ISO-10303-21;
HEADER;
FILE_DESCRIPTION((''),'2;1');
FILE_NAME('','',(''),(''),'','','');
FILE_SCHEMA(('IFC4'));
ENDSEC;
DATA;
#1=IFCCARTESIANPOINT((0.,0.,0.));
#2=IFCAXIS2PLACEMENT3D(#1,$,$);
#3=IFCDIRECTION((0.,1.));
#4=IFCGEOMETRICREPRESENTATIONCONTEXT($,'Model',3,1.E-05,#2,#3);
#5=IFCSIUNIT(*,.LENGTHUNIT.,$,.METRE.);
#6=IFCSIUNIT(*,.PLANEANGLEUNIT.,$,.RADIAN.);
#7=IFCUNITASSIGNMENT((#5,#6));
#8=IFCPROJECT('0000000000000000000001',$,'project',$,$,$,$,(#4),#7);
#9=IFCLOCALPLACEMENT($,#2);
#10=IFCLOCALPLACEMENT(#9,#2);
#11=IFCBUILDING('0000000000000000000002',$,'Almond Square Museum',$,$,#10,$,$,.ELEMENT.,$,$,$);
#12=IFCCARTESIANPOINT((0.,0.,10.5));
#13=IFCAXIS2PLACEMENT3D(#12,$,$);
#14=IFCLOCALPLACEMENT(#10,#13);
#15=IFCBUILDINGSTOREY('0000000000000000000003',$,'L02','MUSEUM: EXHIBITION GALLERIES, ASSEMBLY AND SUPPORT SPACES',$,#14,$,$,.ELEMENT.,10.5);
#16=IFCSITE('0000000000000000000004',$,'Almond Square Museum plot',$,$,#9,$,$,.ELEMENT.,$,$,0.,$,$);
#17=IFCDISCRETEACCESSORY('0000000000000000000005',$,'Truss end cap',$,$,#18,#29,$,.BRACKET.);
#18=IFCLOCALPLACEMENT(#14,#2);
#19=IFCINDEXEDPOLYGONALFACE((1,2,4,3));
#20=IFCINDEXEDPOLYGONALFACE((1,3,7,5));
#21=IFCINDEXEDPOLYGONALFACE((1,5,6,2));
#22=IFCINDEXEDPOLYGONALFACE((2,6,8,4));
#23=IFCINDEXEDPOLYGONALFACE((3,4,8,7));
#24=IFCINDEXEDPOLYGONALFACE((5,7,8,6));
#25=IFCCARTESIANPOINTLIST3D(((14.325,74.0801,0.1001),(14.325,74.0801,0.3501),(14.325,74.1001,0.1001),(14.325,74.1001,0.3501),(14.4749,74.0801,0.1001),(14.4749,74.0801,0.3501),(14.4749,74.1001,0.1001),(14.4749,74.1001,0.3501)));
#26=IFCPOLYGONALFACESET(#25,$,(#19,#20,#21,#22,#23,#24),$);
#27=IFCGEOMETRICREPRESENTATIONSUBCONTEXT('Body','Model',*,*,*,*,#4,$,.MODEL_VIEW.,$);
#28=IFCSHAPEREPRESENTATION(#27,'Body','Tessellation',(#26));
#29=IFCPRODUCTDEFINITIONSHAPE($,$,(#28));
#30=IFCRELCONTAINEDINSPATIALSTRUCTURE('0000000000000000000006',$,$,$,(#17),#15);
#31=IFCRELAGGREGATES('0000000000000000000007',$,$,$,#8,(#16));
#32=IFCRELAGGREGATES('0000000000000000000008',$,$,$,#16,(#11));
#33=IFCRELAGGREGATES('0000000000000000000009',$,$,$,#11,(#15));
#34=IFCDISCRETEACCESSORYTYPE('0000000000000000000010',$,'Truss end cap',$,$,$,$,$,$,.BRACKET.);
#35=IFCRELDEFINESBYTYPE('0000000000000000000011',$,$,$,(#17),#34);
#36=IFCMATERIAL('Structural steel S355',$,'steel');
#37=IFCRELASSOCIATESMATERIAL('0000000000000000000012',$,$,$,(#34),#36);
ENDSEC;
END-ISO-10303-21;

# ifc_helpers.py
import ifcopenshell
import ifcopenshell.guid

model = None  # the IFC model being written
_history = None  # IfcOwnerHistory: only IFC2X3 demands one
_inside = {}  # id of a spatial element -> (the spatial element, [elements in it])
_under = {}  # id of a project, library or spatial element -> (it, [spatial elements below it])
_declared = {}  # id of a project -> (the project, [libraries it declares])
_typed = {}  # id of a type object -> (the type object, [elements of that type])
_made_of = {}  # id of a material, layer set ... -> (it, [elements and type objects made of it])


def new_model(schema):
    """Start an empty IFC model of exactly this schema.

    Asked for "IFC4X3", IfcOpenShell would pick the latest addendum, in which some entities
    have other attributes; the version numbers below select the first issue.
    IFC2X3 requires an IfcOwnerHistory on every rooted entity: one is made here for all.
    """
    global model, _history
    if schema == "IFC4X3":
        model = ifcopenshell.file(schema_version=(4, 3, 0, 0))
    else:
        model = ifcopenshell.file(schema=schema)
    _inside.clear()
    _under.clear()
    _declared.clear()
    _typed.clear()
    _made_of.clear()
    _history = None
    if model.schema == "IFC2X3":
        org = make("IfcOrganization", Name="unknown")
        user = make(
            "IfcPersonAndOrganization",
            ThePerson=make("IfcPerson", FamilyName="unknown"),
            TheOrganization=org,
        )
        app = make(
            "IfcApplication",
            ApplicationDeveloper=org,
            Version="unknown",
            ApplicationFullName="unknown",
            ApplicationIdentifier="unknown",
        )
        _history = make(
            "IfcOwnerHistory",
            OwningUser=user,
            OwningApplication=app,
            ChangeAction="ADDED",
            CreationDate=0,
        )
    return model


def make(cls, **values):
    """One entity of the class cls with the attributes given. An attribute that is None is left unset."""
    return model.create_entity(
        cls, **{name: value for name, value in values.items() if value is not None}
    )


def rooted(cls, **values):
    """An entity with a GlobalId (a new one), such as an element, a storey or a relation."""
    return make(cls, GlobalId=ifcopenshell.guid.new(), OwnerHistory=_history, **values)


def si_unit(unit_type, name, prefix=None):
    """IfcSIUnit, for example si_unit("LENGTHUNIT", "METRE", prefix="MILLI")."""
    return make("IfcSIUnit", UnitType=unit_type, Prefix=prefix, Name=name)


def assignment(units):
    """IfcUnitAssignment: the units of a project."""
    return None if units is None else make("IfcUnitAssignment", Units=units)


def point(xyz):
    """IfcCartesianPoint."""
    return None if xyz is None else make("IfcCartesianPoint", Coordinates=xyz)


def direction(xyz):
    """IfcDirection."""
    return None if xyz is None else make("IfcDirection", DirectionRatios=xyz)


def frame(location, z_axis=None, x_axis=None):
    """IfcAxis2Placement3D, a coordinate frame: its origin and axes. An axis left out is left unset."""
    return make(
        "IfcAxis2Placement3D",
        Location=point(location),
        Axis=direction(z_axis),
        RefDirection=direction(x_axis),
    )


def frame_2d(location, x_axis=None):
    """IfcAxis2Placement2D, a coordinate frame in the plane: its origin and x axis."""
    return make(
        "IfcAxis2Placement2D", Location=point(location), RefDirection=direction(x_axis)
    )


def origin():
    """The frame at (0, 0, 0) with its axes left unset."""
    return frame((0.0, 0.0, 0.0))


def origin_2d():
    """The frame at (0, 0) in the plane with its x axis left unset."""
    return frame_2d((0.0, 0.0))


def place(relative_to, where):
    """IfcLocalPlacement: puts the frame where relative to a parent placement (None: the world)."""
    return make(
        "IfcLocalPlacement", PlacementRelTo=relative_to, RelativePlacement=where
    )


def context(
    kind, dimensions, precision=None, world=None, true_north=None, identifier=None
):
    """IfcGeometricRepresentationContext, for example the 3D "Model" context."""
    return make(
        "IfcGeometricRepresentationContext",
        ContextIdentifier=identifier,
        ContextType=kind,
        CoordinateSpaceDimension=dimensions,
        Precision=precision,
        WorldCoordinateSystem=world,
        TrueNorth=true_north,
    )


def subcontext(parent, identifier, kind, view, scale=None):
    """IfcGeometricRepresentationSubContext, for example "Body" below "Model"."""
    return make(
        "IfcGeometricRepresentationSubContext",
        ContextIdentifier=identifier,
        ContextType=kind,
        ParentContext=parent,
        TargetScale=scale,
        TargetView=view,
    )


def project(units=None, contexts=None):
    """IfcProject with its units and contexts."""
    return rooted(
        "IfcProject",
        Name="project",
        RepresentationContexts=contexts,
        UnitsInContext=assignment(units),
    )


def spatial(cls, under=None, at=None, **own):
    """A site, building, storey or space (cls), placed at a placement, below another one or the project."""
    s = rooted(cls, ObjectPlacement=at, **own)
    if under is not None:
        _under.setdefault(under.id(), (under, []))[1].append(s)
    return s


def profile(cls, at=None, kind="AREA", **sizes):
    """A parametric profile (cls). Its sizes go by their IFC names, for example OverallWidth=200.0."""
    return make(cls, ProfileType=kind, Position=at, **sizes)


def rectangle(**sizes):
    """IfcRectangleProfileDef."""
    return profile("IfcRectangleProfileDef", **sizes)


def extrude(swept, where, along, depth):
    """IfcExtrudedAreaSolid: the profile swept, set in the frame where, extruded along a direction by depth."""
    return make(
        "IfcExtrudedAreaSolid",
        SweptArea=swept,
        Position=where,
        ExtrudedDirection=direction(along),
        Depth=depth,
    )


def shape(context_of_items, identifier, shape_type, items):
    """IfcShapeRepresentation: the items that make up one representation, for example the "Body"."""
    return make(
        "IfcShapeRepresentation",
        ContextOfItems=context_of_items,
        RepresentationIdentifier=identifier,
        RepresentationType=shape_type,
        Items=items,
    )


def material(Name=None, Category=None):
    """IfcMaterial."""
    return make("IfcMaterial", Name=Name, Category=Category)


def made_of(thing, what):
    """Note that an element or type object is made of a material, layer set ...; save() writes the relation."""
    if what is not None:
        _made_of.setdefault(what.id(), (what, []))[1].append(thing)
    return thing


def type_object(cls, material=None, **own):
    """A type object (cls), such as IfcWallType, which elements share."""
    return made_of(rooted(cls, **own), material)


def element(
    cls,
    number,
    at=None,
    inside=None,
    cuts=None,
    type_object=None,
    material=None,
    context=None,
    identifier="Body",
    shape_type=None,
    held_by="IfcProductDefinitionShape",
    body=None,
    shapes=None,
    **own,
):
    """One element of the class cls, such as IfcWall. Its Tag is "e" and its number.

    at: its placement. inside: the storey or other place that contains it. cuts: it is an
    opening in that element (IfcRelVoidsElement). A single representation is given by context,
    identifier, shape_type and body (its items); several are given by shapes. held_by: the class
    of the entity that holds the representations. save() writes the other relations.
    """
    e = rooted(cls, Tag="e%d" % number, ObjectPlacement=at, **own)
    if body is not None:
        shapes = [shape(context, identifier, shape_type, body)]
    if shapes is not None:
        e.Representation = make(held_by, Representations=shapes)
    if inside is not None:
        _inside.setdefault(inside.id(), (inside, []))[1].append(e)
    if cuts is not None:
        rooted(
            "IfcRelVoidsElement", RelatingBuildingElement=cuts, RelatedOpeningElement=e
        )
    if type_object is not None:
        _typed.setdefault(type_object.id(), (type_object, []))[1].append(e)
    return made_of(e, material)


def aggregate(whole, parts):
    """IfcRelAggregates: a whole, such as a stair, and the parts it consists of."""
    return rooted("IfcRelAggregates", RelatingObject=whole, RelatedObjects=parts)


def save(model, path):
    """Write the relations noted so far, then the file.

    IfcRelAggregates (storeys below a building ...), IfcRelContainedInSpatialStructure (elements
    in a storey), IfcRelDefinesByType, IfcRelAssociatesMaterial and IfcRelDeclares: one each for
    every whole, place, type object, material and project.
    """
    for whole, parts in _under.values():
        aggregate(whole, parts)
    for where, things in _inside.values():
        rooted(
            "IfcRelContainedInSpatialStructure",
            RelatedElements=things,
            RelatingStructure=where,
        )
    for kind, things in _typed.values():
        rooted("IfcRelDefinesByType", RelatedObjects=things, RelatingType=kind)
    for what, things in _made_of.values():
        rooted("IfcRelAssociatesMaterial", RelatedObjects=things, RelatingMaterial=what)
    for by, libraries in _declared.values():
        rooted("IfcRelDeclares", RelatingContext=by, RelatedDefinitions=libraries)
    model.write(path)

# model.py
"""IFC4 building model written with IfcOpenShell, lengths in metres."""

from ifc_helpers import new_model, si_unit, direction, frame, origin, origin_2d, place, context, subcontext, project, spatial, rectangle, extrude, material, type_object, element, save


model = new_model("IFC4")

# Units and contexts
model_context = context("Model", 3, precision=1e-05, world=origin(), true_north=direction((0.0, 1.0)))
body_context = subcontext(model_context, "Body", "Model", "MODEL_VIEW")
ifc_project = project(units=[si_unit("LENGTHUNIT", "METRE"), si_unit("PLANEANGLEUNIT", "RADIAN")], contexts=[model_context])

# Site, building, storey
site_placement = place(None, origin())
site = spatial("IfcSite", under=ifc_project, at=site_placement, Name="Almond Square Museum plot", CompositionType="ELEMENT", RefElevation=0.0)
building_placement = place(site_placement, origin())
building = spatial("IfcBuilding", under=site, at=building_placement, Name="Almond Square Museum", CompositionType="ELEMENT")
storey_placement = place(building_placement, frame((0.0, 0.0, 10.5)))
storey = spatial("IfcBuildingStorey", under=building, at=storey_placement, Name="L02", Description="MUSEUM: EXHIBITION GALLERIES, ASSEMBLY AND SUPPORT SPACES", CompositionType="ELEMENT", Elevation=10.5)

# Discrete accessory
ifc_material_1 = material(Name="Structural steel S355", Category="steel")
discrete_accessory_type_1 = type_object("IfcDiscreteAccessoryType", Name="Truss end cap", PredefinedType="BRACKET", material=ifc_material_1)
discrete_accessory_1_placement = place(storey_placement, frame((14.3999, 74.0901, 0.1001), z_axis=(0.0, 0.0, 1.0), x_axis=(1.0, 0.0, 0.0)))
element("IfcDiscreteAccessory", 1, at=discrete_accessory_1_placement, inside=storey, type_object=discrete_accessory_type_1, Name="Truss end cap", PredefinedType="BRACKET", context=body_context, shape_type="SweptSolid", body=[
    extrude(rectangle(XDim=0.1499, YDim=0.02, at=origin_2d()), origin(), (0.0, 0.0, 1.0), 0.25),
])

save(model, "model.ifc")
